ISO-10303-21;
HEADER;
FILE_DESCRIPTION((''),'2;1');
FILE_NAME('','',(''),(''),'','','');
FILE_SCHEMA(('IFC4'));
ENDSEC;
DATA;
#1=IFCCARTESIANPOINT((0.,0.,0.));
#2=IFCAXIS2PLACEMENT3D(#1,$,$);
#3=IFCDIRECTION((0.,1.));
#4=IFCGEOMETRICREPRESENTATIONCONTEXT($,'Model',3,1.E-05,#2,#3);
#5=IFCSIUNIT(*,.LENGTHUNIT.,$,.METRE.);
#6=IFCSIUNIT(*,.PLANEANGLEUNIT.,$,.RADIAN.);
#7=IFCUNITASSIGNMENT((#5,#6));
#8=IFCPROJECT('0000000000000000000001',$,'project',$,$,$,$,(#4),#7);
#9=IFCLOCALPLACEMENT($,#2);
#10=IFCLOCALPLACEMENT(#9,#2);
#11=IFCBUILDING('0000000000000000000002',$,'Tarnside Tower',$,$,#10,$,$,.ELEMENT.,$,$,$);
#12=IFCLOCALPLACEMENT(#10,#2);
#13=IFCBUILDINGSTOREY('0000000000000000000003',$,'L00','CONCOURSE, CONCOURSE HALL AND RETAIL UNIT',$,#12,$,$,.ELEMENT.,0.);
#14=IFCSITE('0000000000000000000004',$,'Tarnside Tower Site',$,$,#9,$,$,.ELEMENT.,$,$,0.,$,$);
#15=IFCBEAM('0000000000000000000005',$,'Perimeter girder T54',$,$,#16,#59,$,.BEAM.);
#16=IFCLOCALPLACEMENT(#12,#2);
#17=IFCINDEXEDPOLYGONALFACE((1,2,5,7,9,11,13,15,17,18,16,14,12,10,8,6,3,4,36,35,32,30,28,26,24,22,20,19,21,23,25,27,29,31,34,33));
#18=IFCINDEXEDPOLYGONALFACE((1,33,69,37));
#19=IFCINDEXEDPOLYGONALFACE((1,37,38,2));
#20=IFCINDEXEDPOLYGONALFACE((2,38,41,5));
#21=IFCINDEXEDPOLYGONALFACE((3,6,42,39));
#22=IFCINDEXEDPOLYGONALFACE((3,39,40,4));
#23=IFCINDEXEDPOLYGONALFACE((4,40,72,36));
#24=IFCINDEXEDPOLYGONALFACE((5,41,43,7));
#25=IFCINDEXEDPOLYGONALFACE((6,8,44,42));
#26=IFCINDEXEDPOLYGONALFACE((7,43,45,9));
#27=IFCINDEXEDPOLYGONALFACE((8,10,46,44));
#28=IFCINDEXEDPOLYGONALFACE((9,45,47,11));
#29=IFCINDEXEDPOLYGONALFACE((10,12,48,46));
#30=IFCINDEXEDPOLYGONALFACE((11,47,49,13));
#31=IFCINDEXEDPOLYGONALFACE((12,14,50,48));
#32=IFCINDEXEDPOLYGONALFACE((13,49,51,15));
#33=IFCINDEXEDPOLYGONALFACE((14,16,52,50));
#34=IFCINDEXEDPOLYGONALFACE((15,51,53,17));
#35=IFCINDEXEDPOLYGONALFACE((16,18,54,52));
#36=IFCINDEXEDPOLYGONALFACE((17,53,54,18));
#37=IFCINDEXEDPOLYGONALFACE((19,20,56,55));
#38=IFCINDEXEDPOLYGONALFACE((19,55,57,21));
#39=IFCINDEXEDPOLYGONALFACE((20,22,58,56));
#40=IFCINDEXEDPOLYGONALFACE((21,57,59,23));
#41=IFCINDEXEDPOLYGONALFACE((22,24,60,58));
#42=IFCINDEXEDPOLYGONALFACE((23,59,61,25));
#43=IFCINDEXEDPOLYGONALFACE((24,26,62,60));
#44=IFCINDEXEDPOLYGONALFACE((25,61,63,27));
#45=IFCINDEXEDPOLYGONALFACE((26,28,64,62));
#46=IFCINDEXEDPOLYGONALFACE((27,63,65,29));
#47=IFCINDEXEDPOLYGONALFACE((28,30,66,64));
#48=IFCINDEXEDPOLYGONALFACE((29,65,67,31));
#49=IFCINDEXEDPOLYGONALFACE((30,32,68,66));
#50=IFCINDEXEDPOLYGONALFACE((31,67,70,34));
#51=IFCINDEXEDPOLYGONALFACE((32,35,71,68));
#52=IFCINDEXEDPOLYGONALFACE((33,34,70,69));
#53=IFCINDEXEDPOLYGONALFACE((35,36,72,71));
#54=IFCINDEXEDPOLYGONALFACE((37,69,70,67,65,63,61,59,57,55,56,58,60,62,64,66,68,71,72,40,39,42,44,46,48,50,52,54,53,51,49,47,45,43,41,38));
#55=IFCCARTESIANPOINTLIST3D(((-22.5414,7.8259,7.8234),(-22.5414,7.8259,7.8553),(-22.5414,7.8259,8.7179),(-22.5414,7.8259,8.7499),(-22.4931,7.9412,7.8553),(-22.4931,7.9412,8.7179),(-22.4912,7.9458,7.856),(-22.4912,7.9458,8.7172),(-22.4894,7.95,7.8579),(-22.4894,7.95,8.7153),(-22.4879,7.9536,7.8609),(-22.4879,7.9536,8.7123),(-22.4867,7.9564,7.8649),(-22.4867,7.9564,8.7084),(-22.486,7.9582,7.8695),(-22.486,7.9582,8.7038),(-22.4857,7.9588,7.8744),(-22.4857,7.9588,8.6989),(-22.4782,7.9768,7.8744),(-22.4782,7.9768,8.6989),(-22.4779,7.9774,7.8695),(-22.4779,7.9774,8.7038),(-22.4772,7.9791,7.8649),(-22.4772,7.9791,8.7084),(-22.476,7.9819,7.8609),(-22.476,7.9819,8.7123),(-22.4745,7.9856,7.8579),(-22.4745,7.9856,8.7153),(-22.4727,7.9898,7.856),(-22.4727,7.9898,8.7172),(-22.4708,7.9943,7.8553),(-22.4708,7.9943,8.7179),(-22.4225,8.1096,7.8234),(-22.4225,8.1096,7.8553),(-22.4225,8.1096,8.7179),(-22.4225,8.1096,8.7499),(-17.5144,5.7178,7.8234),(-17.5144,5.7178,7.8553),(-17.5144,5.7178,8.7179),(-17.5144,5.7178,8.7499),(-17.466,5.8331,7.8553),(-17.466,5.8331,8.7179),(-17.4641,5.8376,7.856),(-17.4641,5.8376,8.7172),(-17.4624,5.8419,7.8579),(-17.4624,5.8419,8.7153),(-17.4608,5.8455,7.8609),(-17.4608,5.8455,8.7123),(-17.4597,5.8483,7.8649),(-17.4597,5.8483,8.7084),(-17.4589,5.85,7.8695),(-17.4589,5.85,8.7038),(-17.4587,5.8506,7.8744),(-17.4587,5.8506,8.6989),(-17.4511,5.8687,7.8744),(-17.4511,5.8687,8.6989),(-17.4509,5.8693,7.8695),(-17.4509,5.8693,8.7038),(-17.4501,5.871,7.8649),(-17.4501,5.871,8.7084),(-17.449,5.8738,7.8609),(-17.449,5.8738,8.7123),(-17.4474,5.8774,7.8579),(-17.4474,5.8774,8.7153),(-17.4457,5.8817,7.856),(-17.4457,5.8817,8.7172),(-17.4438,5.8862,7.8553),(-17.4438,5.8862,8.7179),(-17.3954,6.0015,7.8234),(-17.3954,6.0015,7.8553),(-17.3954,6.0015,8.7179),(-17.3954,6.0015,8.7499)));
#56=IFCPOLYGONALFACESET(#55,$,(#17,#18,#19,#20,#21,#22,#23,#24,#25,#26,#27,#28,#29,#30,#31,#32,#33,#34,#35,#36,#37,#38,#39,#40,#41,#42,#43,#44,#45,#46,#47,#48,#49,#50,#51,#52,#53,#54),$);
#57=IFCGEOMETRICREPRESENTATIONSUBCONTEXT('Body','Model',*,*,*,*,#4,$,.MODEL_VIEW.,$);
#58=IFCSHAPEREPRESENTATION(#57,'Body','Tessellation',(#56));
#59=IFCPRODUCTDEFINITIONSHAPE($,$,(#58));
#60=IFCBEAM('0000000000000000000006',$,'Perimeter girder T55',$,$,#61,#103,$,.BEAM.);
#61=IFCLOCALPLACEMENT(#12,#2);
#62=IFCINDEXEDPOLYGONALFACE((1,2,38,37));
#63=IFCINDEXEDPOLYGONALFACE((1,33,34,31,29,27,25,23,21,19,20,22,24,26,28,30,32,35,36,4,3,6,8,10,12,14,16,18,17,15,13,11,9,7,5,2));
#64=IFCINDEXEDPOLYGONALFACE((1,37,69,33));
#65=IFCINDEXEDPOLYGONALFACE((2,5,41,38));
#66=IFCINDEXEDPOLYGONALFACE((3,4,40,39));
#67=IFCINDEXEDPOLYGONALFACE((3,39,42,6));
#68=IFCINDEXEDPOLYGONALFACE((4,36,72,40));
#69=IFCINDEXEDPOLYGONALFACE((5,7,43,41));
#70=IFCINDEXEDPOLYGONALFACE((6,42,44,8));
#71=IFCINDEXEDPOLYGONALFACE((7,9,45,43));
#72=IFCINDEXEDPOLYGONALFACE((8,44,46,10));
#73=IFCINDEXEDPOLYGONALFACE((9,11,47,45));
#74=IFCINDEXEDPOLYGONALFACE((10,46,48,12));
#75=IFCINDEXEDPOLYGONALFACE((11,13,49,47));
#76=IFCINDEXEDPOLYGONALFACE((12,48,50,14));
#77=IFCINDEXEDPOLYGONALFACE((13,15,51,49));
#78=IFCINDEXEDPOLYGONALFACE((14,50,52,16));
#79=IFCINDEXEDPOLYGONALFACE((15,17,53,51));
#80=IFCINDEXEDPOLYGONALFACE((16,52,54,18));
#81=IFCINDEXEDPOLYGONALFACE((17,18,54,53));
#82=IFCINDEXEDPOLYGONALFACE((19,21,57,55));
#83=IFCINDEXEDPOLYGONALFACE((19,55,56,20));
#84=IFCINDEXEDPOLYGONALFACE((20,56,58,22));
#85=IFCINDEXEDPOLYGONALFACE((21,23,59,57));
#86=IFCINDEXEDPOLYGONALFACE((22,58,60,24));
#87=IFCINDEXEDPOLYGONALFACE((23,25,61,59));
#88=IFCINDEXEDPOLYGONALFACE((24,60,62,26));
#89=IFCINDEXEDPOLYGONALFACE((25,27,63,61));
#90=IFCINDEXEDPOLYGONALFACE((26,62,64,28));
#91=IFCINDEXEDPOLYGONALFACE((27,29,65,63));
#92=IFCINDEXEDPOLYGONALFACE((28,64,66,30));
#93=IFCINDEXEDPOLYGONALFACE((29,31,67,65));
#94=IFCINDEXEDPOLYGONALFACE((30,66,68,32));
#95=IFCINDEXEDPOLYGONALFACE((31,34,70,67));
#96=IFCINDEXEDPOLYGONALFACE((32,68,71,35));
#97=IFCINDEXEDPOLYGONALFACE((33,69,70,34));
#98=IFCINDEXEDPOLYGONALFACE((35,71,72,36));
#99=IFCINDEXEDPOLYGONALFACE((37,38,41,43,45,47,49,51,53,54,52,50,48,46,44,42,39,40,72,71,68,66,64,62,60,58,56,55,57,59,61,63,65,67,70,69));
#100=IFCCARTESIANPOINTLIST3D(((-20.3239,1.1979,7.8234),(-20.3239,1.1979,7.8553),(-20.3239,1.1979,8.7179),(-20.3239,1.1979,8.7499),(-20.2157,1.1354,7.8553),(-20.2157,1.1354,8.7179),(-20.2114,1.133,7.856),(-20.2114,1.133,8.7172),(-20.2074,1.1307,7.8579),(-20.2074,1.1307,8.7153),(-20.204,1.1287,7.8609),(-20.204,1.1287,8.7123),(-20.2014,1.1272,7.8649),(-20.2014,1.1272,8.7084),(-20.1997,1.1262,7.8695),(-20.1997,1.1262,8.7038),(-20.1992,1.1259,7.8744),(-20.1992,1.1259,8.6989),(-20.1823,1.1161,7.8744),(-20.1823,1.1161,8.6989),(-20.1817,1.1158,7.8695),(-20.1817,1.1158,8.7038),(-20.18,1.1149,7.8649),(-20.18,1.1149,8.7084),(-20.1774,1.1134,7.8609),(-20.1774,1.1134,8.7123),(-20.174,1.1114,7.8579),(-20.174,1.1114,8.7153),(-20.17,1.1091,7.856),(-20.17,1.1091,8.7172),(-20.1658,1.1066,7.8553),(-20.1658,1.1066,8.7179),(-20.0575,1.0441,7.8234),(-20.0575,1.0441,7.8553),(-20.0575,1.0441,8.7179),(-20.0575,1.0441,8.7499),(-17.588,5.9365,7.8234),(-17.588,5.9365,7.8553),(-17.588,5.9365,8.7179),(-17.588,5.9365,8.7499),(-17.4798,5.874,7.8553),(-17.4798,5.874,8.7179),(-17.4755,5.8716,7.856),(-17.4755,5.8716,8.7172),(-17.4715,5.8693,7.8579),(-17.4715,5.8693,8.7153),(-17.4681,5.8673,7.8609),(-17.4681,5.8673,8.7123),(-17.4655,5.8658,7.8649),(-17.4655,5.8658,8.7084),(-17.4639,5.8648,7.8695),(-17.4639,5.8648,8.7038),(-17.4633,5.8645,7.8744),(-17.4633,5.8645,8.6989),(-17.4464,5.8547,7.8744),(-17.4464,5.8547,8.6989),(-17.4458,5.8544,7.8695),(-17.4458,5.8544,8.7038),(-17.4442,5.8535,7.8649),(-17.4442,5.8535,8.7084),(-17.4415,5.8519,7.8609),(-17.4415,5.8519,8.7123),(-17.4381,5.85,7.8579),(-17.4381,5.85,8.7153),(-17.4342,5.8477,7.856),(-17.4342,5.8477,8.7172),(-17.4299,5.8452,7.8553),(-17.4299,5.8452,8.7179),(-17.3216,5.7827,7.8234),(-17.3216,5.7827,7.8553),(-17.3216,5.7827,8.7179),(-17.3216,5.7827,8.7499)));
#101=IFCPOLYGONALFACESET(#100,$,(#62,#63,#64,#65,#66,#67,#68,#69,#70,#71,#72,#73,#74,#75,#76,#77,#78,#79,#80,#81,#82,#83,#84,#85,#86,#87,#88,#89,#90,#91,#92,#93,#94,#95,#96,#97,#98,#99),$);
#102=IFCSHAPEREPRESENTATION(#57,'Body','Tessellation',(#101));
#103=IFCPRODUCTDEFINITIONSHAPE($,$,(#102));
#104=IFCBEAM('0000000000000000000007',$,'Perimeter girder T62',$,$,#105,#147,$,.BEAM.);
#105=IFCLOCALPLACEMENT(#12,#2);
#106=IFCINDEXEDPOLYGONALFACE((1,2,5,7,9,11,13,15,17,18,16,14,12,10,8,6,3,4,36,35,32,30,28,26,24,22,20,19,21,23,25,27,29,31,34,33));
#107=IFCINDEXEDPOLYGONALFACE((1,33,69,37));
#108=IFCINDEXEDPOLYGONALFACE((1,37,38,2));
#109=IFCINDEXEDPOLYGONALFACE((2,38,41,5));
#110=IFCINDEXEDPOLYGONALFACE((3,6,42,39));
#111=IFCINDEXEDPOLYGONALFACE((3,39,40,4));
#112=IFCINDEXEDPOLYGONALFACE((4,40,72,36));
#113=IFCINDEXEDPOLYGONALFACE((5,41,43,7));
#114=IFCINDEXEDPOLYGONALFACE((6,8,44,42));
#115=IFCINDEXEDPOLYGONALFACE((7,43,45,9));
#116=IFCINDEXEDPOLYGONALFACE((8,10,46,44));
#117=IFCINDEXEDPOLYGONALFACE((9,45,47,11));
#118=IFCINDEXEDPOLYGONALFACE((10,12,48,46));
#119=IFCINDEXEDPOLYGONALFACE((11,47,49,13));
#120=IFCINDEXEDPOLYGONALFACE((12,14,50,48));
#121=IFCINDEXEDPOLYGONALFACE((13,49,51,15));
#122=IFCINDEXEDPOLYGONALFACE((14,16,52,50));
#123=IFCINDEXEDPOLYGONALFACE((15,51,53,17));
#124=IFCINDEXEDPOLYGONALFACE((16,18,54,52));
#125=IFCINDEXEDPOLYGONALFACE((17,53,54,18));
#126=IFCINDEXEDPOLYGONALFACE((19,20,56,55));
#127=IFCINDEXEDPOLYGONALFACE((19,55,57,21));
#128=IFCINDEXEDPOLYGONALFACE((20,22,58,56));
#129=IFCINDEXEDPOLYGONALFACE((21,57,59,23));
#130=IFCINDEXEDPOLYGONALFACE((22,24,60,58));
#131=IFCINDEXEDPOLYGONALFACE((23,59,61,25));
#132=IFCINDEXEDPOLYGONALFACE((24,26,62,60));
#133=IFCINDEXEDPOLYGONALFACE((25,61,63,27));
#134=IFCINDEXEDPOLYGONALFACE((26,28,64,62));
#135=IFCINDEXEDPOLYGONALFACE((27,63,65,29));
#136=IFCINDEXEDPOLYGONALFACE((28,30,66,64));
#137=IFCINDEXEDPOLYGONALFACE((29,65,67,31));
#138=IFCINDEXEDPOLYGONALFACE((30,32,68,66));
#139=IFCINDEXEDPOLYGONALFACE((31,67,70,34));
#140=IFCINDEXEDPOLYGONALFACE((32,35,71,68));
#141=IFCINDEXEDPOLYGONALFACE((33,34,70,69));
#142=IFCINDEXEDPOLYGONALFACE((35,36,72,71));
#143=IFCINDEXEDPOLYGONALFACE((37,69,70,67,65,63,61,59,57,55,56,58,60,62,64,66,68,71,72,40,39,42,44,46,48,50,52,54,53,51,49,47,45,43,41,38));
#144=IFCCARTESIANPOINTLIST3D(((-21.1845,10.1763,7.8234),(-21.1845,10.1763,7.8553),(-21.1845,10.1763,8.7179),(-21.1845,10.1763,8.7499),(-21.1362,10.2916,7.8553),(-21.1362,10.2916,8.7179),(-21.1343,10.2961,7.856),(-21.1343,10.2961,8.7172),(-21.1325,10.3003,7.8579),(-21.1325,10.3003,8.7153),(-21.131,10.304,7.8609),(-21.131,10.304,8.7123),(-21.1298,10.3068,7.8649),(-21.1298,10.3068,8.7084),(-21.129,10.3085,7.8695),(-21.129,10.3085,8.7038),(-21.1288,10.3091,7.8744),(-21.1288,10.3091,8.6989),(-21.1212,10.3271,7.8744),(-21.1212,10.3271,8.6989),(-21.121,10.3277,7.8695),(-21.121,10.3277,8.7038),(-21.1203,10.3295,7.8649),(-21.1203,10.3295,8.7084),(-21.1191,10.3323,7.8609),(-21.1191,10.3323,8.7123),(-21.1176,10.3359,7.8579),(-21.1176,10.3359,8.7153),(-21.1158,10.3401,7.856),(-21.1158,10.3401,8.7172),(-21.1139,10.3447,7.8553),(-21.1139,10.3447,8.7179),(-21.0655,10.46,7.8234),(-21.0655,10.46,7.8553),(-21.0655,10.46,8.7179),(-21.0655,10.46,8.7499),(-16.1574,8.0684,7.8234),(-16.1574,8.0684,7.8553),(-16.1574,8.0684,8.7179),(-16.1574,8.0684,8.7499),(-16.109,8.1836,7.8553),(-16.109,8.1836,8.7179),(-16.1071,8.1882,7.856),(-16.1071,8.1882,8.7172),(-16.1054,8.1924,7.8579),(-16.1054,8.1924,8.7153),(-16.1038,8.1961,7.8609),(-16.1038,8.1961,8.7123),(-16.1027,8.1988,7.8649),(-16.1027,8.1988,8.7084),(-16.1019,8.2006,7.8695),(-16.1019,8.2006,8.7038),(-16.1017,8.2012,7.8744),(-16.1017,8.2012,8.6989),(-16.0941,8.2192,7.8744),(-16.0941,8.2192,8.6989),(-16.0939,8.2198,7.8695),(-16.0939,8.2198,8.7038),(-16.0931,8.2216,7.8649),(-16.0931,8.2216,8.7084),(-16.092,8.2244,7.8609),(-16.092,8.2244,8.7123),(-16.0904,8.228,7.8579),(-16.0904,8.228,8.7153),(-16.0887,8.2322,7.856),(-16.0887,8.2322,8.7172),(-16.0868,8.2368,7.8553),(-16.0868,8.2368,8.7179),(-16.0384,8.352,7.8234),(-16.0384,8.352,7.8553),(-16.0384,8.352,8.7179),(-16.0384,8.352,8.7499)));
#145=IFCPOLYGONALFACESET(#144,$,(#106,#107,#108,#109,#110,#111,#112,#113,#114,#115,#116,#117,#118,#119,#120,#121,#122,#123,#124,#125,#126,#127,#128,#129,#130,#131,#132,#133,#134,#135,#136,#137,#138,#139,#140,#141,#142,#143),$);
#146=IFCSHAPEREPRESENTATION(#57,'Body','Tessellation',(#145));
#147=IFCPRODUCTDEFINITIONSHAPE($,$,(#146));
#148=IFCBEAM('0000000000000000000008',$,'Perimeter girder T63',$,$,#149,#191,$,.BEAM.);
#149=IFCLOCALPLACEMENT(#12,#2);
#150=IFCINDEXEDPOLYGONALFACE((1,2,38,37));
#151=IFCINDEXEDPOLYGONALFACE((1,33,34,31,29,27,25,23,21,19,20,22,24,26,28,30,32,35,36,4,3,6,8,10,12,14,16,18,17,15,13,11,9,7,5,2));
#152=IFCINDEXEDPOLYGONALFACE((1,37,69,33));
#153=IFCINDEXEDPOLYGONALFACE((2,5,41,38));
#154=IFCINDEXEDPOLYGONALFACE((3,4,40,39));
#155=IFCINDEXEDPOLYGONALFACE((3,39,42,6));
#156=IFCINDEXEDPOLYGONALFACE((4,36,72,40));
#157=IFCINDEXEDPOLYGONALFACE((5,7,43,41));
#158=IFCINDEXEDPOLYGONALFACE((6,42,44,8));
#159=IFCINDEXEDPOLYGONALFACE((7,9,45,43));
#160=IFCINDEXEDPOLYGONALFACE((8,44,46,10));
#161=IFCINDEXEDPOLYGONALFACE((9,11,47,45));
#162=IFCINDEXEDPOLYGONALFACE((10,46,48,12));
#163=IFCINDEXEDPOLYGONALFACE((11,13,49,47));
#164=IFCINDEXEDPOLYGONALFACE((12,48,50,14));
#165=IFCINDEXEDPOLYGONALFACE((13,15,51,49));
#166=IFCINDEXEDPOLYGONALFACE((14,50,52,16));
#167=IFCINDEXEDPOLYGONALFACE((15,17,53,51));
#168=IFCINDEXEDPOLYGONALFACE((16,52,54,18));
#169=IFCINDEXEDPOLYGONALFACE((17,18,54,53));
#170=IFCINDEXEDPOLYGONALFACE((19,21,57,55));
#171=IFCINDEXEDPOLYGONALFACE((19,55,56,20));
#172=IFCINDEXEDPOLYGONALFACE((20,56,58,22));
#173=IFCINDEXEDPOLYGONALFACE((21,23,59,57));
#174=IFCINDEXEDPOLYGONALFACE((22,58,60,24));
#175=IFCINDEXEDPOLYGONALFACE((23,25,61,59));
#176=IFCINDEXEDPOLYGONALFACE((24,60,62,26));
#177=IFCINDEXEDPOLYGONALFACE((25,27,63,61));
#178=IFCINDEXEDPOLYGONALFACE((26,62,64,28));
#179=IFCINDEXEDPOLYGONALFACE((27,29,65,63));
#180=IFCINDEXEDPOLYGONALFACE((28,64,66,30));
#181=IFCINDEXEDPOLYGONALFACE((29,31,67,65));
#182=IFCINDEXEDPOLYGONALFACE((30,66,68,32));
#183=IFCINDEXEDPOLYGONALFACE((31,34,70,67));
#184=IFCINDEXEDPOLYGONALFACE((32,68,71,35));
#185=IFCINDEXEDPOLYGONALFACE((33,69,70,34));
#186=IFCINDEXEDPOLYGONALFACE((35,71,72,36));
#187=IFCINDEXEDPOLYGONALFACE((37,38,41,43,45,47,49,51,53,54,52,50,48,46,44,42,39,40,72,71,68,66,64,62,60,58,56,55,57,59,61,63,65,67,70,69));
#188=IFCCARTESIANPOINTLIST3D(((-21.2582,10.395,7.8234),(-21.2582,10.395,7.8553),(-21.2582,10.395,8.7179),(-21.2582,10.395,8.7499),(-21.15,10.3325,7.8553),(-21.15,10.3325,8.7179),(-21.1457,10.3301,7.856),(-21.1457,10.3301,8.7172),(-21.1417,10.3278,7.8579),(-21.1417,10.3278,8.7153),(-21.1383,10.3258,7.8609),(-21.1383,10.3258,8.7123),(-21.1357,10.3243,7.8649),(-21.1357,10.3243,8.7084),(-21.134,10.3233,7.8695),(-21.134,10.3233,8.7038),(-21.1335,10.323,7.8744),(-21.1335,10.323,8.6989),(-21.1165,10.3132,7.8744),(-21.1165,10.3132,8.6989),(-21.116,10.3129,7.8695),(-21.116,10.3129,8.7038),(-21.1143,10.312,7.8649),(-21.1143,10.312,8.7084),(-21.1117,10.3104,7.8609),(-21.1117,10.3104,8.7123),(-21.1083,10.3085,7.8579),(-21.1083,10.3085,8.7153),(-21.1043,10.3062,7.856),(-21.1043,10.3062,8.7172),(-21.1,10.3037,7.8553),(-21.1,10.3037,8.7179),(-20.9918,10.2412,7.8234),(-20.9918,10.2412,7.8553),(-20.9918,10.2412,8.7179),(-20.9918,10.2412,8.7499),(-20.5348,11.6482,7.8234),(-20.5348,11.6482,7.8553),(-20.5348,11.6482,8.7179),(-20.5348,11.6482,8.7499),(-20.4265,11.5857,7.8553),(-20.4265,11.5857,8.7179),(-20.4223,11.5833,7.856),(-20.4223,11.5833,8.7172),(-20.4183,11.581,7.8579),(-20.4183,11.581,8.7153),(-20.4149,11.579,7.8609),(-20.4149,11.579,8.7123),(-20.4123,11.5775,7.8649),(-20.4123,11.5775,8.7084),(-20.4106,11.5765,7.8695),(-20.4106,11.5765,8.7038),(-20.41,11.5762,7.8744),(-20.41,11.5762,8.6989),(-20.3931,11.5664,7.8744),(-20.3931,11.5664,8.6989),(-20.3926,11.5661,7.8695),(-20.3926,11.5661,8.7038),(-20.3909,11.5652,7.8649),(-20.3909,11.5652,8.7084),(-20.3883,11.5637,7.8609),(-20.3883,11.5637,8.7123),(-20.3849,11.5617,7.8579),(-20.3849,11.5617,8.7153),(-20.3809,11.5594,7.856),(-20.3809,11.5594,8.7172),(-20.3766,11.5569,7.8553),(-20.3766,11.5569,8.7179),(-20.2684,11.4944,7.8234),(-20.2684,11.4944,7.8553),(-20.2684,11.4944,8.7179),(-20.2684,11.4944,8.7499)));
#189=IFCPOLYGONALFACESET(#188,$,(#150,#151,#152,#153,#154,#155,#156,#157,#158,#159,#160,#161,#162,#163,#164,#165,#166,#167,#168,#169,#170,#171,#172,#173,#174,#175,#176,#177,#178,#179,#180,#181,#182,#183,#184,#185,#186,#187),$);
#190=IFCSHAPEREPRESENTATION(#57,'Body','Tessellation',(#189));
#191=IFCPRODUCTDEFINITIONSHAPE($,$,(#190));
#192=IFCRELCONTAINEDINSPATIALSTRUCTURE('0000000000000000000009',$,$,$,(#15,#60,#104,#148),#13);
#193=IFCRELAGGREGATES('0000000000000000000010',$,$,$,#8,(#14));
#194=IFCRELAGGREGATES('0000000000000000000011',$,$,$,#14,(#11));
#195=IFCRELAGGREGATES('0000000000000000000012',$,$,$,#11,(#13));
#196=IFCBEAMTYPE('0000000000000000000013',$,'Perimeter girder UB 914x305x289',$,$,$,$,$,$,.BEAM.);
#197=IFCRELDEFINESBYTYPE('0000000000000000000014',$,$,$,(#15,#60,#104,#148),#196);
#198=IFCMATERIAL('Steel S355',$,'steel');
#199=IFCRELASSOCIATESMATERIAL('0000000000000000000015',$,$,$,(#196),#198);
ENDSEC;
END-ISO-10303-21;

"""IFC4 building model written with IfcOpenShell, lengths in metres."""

from ifc_helpers import new_model, si_unit, direction, frame, origin, origin_2d, place, context, subcontext, project, spatial, i_section, extrude, material, material_profile, profile_set, type_object, element, save


model = new_model("IFC4")

# Units and contexts
model_context = context("Model", 3, precision=1e-05, world=origin(), true_north=direction((0.0, 1.0)))
body_context = subcontext(model_context, "Body", "Model", "MODEL_VIEW")
ifc_project = project(units=[si_unit("LENGTHUNIT", "METRE"), si_unit("PLANEANGLEUNIT", "RADIAN")], contexts=[model_context])

# Site, building, storey
site_placement = place(None, origin())
site = spatial("IfcSite", under=ifc_project, at=site_placement, Name="Tarnside Tower Site", CompositionType="ELEMENT", RefElevation=0.0)
building_placement = place(site_placement, origin())
building = spatial("IfcBuilding", under=site, at=building_placement, Name="Tarnside Tower", CompositionType="ELEMENT")
storey_placement = place(building_placement, origin())
storey = spatial("IfcBuildingStorey", under=building, at=storey_placement, Name="L00", Description="CONCOURSE, CONCOURSE HALL AND RETAIL UNIT", CompositionType="ELEMENT", Elevation=0.0)

# Beams
ifc_material_1 = material(Name="Steel S355", Category="steel")
ifc_material_profile_1 = material_profile(ifc_material_1, i_section(OverallWidth=0.3076, OverallDepth=0.9265, WebThickness=0.0195, FlangeThickness=0.032, FilletRadius=0.019, at=origin_2d()), Name="UB 914x305x289")
ifc_profile_set_1 = profile_set([ifc_material_profile_1], Name="Steel S355")
beam_type_1 = type_object("IfcBeamType", Name="Perimeter girder UB 914x305x289", PredefinedType="BEAM", material=ifc_profile_set_1)
beam_1_placement = place(storey_placement, frame((-22.4819, 7.9678, 8.2866), z_axis=(0.922193, -0.386729, 0.0), x_axis=(0.386729, 0.922193, 0.0)))
element("IfcBeam", 1, at=beam_1_placement, inside=storey, type_object=beam_type_1, Name="Perimeter girder T54", PredefinedType="BEAM", context=body_context, shape_type="SweptSolid", body=[
    extrude(i_section(OverallWidth=0.3076, OverallDepth=0.9265, WebThickness=0.0195, FlangeThickness=0.032, FilletRadius=0.019, at=origin_2d()), origin(), (0.0, 0.0, 1.0), 5.4512),
])
beam_2_placement = place(storey_placement, frame((-17.4548, 5.8596, 8.2866), z_axis=(-0.500007, -0.866021, 0.0), x_axis=(0.866021, -0.500007, 0.0)))
element("IfcBeam", 2, at=beam_2_placement, inside=storey, type_object=beam_type_1, Name="Perimeter girder T55", PredefinedType="BEAM", context=body_context, shape_type="SweptSolid", body=[
    extrude(i_section(OverallWidth=0.3076, OverallDepth=0.9265, WebThickness=0.0195, FlangeThickness=0.032, FilletRadius=0.019, at=origin_2d()), origin(), (0.0, 0.0, 1.0), 5.4717),
])
beam_3_placement = place(storey_placement, frame((-16.0979, 8.2102, 8.2866), z_axis=(-0.922209, 0.386691, 0.0), x_axis=(-0.386691, -0.922209, 0.0)))
element("IfcBeam", 3, at=beam_3_placement, inside=storey, type_object=beam_type_1, Name="Perimeter girder T62", PredefinedType="BEAM", context=body_context, shape_type="SweptSolid", body=[
    extrude(i_section(OverallWidth=0.3076, OverallDepth=0.9265, WebThickness=0.0195, FlangeThickness=0.032, FilletRadius=0.019, at=origin_2d()), origin(), (0.0, 0.0, 1.0), 5.4512),
])
beam_4_placement = place(storey_placement, frame((-21.125, 10.3181, 8.2866), z_axis=(0.499932, 0.866065, 0.0), x_axis=(-0.866065, 0.499932, 0.0)))
element("IfcBeam", 4, at=beam_4_placement, inside=storey, type_object=beam_type_1, Name="Perimeter girder T63", PredefinedType="BEAM", context=body_context, shape_type="SweptSolid", body=[
    extrude(i_section(OverallWidth=0.3076, OverallDepth=0.9265, WebThickness=0.0195, FlangeThickness=0.032, FilletRadius=0.019, at=origin_2d()), origin(), (0.0, 0.0, 1.0), 1.447),
])

save(model, "model.ifc")
